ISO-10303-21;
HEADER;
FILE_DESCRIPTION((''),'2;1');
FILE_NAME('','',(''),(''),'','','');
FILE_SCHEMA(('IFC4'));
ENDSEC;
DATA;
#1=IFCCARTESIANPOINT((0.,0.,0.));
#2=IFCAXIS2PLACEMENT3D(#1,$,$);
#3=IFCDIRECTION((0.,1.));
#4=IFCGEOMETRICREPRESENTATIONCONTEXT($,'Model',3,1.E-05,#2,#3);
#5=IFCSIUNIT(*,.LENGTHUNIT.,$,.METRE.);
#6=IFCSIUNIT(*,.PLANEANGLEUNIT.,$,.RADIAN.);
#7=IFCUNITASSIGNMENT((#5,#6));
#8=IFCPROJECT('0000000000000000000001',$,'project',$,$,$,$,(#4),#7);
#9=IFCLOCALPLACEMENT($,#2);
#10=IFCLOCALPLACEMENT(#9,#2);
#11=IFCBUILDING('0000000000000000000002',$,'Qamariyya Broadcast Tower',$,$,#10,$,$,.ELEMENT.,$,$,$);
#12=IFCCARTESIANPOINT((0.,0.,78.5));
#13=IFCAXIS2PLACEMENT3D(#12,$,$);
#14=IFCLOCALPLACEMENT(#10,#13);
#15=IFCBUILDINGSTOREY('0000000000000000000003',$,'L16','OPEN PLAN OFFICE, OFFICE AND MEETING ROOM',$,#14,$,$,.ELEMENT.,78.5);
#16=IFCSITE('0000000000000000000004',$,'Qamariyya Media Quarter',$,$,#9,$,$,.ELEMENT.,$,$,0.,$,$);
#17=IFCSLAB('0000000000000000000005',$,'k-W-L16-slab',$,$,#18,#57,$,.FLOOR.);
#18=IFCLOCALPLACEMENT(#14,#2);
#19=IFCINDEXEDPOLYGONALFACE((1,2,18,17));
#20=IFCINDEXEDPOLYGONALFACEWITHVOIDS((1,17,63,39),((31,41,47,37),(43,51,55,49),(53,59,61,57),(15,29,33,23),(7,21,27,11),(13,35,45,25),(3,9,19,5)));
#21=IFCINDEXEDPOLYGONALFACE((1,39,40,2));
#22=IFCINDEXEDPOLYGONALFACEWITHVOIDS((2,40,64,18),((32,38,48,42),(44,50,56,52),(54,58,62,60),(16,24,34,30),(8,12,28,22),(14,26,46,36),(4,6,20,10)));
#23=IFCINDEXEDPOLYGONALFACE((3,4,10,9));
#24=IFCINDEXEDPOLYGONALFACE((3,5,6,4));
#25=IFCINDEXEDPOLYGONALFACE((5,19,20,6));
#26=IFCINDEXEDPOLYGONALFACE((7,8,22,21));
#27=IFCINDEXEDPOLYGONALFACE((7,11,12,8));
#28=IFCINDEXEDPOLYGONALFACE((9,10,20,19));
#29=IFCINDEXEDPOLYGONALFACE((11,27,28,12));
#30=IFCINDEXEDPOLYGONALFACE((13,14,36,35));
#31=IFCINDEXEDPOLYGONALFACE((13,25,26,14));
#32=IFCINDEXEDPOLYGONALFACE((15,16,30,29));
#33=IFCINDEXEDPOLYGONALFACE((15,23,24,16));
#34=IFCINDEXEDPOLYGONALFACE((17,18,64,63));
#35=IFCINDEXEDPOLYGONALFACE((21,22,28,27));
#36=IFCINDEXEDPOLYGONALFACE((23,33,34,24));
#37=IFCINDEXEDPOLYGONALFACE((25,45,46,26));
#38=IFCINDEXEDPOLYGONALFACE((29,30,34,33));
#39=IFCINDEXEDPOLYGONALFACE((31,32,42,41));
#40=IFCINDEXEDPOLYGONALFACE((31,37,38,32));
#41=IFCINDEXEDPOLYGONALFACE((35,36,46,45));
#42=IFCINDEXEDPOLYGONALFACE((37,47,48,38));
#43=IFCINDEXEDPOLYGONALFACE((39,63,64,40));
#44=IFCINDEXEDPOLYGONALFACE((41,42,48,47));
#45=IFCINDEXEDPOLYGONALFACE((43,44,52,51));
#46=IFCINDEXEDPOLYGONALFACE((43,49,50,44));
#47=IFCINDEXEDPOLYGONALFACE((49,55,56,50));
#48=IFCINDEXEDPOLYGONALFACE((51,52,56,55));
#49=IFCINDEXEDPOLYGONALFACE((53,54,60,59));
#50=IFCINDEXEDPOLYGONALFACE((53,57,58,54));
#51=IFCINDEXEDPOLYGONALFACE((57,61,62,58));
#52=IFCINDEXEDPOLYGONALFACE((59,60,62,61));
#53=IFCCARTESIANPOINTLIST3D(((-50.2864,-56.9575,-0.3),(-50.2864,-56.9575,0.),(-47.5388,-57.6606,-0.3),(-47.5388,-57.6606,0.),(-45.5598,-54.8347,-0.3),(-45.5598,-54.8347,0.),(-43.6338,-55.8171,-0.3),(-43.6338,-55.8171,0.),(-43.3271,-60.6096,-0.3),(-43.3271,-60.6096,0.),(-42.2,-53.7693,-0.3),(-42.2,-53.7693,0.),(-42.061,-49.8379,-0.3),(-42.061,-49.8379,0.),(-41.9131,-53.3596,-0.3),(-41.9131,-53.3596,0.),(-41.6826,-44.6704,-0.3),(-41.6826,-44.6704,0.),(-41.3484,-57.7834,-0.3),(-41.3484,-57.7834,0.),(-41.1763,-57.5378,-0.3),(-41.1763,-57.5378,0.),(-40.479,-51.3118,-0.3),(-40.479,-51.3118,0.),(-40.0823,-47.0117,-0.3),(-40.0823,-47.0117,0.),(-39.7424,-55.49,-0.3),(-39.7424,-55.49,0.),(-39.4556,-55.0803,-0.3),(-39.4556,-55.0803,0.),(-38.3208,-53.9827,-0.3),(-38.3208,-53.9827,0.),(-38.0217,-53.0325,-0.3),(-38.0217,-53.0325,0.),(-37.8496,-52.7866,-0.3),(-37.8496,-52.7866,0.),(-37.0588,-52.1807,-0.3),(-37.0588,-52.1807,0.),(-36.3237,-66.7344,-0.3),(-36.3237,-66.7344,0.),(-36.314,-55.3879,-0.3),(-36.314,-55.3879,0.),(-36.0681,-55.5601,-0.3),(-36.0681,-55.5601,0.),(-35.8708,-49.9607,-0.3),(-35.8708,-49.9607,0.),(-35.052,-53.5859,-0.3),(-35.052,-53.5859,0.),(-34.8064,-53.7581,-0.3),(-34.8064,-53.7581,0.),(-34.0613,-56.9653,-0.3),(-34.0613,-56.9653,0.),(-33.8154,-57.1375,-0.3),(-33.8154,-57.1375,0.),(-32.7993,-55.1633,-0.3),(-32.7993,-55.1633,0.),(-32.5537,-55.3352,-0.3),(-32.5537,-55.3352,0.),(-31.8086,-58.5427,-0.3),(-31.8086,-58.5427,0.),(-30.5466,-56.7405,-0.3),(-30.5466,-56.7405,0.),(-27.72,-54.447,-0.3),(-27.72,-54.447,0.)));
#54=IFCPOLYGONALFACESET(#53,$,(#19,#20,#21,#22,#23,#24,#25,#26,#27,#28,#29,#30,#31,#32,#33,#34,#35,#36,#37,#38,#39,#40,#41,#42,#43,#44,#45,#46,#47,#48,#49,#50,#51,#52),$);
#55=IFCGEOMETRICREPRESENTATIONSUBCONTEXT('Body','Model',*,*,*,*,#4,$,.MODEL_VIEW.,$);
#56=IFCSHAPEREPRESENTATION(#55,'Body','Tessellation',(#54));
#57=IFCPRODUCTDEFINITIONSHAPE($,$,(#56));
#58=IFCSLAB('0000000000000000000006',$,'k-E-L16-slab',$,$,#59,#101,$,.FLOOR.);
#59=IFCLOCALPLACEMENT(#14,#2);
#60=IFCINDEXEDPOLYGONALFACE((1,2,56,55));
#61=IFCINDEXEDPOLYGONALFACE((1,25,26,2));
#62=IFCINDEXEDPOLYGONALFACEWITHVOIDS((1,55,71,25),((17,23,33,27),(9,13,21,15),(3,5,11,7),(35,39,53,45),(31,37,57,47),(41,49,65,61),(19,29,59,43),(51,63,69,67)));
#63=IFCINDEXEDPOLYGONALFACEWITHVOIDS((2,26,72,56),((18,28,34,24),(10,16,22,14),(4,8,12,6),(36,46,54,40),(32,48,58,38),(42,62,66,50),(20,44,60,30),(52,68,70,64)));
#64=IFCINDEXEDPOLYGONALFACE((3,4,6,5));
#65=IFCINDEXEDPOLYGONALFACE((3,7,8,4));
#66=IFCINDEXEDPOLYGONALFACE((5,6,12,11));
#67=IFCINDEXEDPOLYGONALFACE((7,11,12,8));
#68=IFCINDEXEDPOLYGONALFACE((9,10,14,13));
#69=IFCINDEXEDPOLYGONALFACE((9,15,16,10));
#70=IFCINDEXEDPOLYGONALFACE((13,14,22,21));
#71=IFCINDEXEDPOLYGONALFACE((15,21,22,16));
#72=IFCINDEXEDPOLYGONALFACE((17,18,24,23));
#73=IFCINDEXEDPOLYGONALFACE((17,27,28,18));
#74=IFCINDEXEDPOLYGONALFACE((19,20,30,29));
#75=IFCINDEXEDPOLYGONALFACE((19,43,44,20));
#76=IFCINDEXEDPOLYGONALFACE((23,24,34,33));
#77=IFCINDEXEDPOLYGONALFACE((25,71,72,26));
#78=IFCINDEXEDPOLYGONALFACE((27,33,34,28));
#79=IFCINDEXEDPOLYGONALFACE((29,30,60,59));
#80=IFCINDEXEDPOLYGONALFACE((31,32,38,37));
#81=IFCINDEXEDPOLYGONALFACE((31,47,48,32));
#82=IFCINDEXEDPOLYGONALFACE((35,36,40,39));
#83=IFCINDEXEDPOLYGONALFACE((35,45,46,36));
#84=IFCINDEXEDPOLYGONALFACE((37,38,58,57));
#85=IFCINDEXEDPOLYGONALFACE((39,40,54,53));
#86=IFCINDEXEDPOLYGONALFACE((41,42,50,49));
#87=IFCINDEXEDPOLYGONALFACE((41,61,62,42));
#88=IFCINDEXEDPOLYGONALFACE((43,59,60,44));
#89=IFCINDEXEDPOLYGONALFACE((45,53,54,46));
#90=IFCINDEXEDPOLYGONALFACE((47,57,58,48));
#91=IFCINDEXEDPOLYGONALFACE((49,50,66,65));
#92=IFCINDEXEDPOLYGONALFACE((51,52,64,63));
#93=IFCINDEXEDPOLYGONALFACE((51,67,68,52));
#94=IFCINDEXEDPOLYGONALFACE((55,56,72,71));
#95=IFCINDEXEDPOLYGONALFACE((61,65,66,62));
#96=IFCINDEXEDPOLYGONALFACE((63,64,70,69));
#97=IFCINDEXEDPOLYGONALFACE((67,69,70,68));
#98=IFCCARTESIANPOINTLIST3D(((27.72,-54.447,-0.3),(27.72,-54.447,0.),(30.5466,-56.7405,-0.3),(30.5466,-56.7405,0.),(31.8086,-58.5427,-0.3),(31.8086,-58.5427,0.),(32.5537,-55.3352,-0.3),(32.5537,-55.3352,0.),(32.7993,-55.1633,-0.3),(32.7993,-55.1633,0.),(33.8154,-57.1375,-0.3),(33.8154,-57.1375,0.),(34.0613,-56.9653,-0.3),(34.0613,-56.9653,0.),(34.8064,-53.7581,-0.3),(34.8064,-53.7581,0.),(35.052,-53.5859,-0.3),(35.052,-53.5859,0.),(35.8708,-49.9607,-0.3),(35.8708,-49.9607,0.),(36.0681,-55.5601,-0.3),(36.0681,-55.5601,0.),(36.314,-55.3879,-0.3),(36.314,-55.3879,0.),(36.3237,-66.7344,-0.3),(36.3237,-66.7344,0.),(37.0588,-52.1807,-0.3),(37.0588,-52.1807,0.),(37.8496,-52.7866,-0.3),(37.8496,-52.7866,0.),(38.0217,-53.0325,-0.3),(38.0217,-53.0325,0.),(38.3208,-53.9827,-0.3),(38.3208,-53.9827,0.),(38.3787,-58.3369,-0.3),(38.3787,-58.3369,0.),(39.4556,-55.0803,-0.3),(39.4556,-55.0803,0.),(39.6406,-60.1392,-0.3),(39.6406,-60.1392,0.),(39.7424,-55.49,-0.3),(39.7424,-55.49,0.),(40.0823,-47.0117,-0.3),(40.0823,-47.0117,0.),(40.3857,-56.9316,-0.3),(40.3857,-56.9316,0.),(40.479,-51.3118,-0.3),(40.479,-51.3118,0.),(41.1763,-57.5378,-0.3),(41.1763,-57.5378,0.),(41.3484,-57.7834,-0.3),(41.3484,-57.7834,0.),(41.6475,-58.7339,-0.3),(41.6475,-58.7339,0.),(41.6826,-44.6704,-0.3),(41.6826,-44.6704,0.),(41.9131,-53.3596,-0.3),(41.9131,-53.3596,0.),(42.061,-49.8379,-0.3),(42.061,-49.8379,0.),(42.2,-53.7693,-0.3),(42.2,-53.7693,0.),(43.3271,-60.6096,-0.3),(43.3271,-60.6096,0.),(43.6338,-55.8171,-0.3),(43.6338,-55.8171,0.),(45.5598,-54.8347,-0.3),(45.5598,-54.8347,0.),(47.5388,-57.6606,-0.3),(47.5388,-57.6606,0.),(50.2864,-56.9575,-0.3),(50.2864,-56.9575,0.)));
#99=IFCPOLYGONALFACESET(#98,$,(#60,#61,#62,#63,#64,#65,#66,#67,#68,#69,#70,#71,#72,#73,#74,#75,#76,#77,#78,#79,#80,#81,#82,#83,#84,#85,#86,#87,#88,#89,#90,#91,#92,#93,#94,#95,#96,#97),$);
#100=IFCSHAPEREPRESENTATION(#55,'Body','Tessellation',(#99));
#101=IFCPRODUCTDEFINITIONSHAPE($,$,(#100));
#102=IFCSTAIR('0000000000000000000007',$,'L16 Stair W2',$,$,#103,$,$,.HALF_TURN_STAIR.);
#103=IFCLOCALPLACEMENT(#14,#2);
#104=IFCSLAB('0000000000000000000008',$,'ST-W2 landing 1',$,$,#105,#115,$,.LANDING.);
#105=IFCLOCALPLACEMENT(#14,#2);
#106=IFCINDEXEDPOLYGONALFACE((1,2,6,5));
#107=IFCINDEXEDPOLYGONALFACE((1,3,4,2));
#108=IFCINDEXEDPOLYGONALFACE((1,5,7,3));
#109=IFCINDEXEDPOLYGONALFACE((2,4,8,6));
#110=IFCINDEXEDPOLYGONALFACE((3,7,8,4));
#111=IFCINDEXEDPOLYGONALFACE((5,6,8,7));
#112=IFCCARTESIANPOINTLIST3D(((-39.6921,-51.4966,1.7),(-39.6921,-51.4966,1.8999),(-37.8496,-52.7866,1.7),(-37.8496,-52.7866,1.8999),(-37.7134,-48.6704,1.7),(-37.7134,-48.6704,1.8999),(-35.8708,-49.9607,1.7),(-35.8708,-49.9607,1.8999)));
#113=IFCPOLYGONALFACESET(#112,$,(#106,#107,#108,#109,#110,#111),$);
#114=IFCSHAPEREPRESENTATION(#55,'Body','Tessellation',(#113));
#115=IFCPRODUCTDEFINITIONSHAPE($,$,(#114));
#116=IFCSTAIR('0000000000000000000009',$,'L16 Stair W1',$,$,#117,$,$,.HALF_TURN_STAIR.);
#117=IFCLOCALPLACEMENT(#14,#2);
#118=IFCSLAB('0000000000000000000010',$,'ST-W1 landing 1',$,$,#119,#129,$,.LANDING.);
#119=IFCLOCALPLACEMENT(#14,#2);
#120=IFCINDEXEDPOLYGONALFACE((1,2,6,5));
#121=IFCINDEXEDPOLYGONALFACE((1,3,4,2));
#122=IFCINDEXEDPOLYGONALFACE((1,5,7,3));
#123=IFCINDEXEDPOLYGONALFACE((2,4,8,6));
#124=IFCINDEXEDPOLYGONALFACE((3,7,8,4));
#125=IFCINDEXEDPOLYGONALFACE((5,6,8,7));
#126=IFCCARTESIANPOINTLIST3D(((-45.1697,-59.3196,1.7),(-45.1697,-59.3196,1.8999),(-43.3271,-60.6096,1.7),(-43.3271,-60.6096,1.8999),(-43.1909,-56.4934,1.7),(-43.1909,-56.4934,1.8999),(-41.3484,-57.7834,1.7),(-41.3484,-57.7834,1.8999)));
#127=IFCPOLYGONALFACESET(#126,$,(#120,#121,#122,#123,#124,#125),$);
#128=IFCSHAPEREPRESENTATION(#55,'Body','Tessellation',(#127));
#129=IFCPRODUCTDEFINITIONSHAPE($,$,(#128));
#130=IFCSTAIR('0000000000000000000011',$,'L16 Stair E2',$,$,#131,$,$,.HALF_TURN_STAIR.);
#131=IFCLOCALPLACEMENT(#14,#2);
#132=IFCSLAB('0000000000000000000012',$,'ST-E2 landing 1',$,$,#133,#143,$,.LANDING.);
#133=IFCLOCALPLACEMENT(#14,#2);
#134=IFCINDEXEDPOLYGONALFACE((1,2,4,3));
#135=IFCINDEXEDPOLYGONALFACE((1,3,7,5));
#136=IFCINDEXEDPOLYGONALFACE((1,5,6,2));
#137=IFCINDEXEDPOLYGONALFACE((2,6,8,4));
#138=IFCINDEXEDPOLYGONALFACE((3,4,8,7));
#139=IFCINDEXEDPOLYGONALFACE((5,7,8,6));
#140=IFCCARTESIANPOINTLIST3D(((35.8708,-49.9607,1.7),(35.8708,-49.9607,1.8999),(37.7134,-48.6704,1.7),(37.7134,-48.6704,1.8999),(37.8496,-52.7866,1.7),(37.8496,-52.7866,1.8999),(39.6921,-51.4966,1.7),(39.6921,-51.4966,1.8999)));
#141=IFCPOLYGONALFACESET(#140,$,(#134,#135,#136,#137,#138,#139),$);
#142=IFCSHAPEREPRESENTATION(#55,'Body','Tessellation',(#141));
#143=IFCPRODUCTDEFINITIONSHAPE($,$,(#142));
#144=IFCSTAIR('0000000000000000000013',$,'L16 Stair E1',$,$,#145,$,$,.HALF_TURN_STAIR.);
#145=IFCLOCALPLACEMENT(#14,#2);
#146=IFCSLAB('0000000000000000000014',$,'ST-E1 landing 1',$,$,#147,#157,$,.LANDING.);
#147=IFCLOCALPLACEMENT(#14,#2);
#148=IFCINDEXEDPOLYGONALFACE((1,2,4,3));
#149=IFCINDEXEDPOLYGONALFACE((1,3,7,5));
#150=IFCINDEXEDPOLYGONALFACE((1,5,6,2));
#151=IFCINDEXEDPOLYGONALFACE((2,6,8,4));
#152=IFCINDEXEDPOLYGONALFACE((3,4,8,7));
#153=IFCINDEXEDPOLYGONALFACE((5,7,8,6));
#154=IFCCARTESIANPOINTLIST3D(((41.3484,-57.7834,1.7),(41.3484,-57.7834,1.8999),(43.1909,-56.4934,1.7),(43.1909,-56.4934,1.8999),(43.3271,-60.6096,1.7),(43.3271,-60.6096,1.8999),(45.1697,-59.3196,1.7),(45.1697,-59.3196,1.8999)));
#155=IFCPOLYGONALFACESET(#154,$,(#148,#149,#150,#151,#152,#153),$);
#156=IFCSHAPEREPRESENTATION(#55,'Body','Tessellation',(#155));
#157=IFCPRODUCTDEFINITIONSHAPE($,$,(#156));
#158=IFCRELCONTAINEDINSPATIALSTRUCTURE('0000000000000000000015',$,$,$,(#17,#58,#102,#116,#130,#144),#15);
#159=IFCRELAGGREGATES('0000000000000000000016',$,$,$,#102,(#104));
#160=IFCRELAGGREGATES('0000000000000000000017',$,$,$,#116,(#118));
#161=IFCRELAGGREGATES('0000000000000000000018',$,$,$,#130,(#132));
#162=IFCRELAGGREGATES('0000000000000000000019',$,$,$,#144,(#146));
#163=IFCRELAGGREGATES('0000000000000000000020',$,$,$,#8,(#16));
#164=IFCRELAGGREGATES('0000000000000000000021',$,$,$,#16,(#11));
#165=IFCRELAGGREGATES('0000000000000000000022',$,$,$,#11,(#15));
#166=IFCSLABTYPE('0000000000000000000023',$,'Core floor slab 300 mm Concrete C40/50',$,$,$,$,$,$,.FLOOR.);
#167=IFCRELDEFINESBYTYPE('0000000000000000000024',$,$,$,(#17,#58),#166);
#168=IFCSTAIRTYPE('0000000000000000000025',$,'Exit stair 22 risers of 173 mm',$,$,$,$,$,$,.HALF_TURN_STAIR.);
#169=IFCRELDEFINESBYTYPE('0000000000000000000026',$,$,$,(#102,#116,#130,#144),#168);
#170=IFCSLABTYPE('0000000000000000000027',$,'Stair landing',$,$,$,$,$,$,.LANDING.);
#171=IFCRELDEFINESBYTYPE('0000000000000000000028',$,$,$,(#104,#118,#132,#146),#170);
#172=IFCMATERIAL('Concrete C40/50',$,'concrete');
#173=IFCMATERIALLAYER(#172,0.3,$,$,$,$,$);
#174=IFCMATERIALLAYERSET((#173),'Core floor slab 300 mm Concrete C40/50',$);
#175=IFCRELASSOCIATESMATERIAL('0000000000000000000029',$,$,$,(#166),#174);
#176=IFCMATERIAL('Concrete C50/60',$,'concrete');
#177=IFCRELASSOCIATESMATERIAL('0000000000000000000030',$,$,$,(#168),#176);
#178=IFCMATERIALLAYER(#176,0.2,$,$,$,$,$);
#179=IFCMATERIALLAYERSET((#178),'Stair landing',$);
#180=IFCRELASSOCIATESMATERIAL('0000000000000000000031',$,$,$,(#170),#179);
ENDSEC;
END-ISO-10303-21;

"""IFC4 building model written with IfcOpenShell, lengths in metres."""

from ifc_helpers import new_model, si_unit, direction, frame, origin, place, context, subcontext, project, spatial, polyline, outline, extrude, material, layer, layer_set, type_object, element, aggregate, save


model = new_model("IFC4")

# Units and contexts
model_context = context("Model", 3, precision=1e-05, world=origin(), true_north=direction((0.0, 1.0)))
body_context = subcontext(model_context, "Body", "Model", "MODEL_VIEW")
ifc_project = project(units=[si_unit("LENGTHUNIT", "METRE"), si_unit("PLANEANGLEUNIT", "RADIAN")], contexts=[model_context])

# Site, building, storey
site_placement = place(None, origin())
site = spatial("IfcSite", under=ifc_project, at=site_placement, Name="Qamariyya Media Quarter", CompositionType="ELEMENT", RefElevation=0.0)
building_placement = place(site_placement, origin())
building = spatial("IfcBuilding", under=site, at=building_placement, Name="Qamariyya Broadcast Tower", CompositionType="ELEMENT")
storey_placement = place(building_placement, frame((0.0, 0.0, 78.5)))
storey = spatial("IfcBuildingStorey", under=building, at=storey_placement, Name="L16", Description="OPEN PLAN OFFICE, OFFICE AND MEETING ROOM", CompositionType="ELEMENT", Elevation=78.5)

# Slabs
ifc_material_1 = material(Name="Concrete C40/50", Category="concrete")
ifc_layer_1 = layer(ifc_material_1, 0.3)
ifc_layer_set_1 = layer_set([ifc_layer_1], Name="Core floor slab 300 mm Concrete C40/50")
slab_type_1 = type_object("IfcSlabType", Name="Core floor slab 300 mm Concrete C40/50", PredefinedType="FLOOR", material=ifc_layer_set_1)
slab_1_placement = place(storey_placement, frame((0.0, 0.0, -0.3)))
element("IfcSlab", 1, at=slab_1_placement, inside=storey, type_object=slab_type_1, Name="k-W-L16-slab", PredefinedType="FLOOR", context=body_context, shape_type="SweptSolid", body=[
    extrude(outline(polyline([(-50.2864, -56.9575), (-36.3237, -66.7344), (-27.72, -54.447), (-41.6826, -44.6704), (-50.2864, -56.9575)]), holes=[polyline([(-31.8086, -58.5427), (-33.8154, -57.1375), (-32.5537, -55.3352), (-30.5466, -56.7405), (-31.8086, -58.5427)]), polyline([(-34.0613, -56.9653), (-36.0681, -55.5601), (-34.8064, -53.7581), (-32.7993, -55.1633), (-34.0613, -56.9653)]), polyline([(-36.314, -55.3879), (-38.3208, -53.9827), (-37.0588, -52.1807), (-35.052, -53.5859), (-36.314, -55.3879)]), polyline([(-39.7424, -55.49), (-42.2, -53.7693), (-43.6338, -55.8171), (-41.1763, -57.5378), (-39.7424, -55.49)]), polyline([(-39.4556, -55.0803), (-41.9131, -53.3596), (-40.479, -51.3118), (-38.0217, -53.0325), (-39.4556, -55.0803)]), polyline([(-42.061, -49.8379), (-37.8496, -52.7866), (-35.8708, -49.9607), (-40.0823, -47.0117), (-42.061, -49.8379)]), polyline([(-47.5388, -57.6606), (-43.3271, -60.6096), (-41.3484, -57.7834), (-45.5598, -54.8347), (-47.5388, -57.6606)])]), origin(), (0.0, 0.0, 1.0), 0.3),
])
slab_2_placement = place(storey_placement, frame((0.0, 0.0, -0.3)))
element("IfcSlab", 2, at=slab_2_placement, inside=storey, type_object=slab_type_1, Name="k-E-L16-slab", PredefinedType="FLOOR", context=body_context, shape_type="SweptSolid", body=[
    extrude(outline(polyline([(36.3237, -66.7344), (50.2864, -56.9575), (41.6826, -44.6704), (27.72, -54.447), (36.3237, -66.7344)]), holes=[polyline([(31.8086, -58.5427), (33.8154, -57.1375), (32.5537, -55.3352), (30.5466, -56.7405), (31.8086, -58.5427)]), polyline([(34.0613, -56.9653), (36.0681, -55.5601), (34.8064, -53.7581), (32.7993, -55.1633), (34.0613, -56.9653)]), polyline([(36.314, -55.3879), (38.3208, -53.9827), (37.0588, -52.1807), (35.052, -53.5859), (36.314, -55.3879)]), polyline([(38.3787, -58.3369), (40.3857, -56.9316), (41.6475, -58.7339), (39.6406, -60.1392), (38.3787, -58.3369)]), polyline([(39.7424, -55.49), (42.2, -53.7693), (43.6338, -55.8171), (41.1763, -57.5378), (39.7424, -55.49)]), polyline([(39.4556, -55.0803), (41.9131, -53.3596), (40.479, -51.3118), (38.0217, -53.0325), (39.4556, -55.0803)]), polyline([(40.0823, -47.0117), (35.8708, -49.9607), (37.8496, -52.7866), (42.061, -49.8379), (40.0823, -47.0117)]), polyline([(45.5598, -54.8347), (41.3484, -57.7834), (43.3271, -60.6096), (47.5388, -57.6606), (45.5598, -54.8347)])]), origin(), (0.0, 0.0, 1.0), 0.3),
])

# Stairs, slabs
ifc_material_2 = material(Name="Concrete C50/60", Category="concrete")
stair_type = type_object("IfcStairType", Name="Exit stair 22 risers of 173 mm", PredefinedType="HALF_TURN_STAIR", material=ifc_material_2)
stair_1_placement = place(storey_placement, origin())
stair_1 = element("IfcStair", 3, at=stair_1_placement, inside=storey, type_object=stair_type, Name="L16 Stair W2", PredefinedType="HALF_TURN_STAIR")
ifc_layer_2 = layer(ifc_material_2, 0.2)
ifc_layer_set_2 = layer_set([ifc_layer_2], Name="Stair landing")
slab_type_2 = type_object("IfcSlabType", Name="Stair landing", PredefinedType="LANDING", material=ifc_layer_set_2)
slab_3_placement = place(storey_placement, frame((0.0, 0.0, 1.7)))
slab_3 = element("IfcSlab", 4, at=slab_3_placement, type_object=slab_type_2, Name="ST-W2 landing 1", PredefinedType="LANDING", context=body_context, shape_type="SweptSolid", body=[
    extrude(outline(polyline([(-39.6921, -51.4966), (-37.8496, -52.7866), (-35.8708, -49.9607), (-37.7134, -48.6704), (-39.6921, -51.4966)])), origin(), (0.0, 0.0, 1.0), 0.2),
])
aggregate(stair_1, [slab_3])
stair_2_placement = place(storey_placement, origin())
stair_2 = element("IfcStair", 5, at=stair_2_placement, inside=storey, type_object=stair_type, Name="L16 Stair W1", PredefinedType="HALF_TURN_STAIR")
slab_4_placement = place(storey_placement, frame((0.0, 0.0, 1.7)))
slab_4 = element("IfcSlab", 6, at=slab_4_placement, type_object=slab_type_2, Name="ST-W1 landing 1", PredefinedType="LANDING", context=body_context, shape_type="SweptSolid", body=[
    extrude(outline(polyline([(-45.1697, -59.3196), (-43.3271, -60.6096), (-41.3484, -57.7834), (-43.1909, -56.4934), (-45.1697, -59.3196)])), origin(), (0.0, 0.0, 1.0), 0.2),
])
aggregate(stair_2, [slab_4])
stair_3_placement = place(storey_placement, origin())
stair_3 = element("IfcStair", 7, at=stair_3_placement, inside=storey, type_object=stair_type, Name="L16 Stair E2", PredefinedType="HALF_TURN_STAIR")
slab_5_placement = place(storey_placement, frame((0.0, 0.0, 1.7)))
slab_5 = element("IfcSlab", 8, at=slab_5_placement, type_object=slab_type_2, Name="ST-E2 landing 1", PredefinedType="LANDING", context=body_context, shape_type="SweptSolid", body=[
    extrude(outline(polyline([(37.7134, -48.6704), (35.8708, -49.9607), (37.8496, -52.7866), (39.6921, -51.4966), (37.7134, -48.6704)])), origin(), (0.0, 0.0, 1.0), 0.2),
])
aggregate(stair_3, [slab_5])
stair_4_placement = place(storey_placement, origin())
stair_4 = element("IfcStair", 9, at=stair_4_placement, inside=storey, type_object=stair_type, Name="L16 Stair E1", PredefinedType="HALF_TURN_STAIR")
slab_6_placement = place(storey_placement, frame((0.0, 0.0, 1.7)))
slab_6 = element("IfcSlab", 10, at=slab_6_placement, type_object=slab_type_2, Name="ST-E1 landing 1", PredefinedType="LANDING", context=body_context, shape_type="SweptSolid", body=[
    extrude(outline(polyline([(43.1909, -56.4934), (41.3484, -57.7834), (43.3271, -60.6096), (45.1697, -59.3196), (43.1909, -56.4934)])), origin(), (0.0, 0.0, 1.0), 0.2),
])
aggregate(stair_4, [slab_6])

save(model, "model.ifc")
